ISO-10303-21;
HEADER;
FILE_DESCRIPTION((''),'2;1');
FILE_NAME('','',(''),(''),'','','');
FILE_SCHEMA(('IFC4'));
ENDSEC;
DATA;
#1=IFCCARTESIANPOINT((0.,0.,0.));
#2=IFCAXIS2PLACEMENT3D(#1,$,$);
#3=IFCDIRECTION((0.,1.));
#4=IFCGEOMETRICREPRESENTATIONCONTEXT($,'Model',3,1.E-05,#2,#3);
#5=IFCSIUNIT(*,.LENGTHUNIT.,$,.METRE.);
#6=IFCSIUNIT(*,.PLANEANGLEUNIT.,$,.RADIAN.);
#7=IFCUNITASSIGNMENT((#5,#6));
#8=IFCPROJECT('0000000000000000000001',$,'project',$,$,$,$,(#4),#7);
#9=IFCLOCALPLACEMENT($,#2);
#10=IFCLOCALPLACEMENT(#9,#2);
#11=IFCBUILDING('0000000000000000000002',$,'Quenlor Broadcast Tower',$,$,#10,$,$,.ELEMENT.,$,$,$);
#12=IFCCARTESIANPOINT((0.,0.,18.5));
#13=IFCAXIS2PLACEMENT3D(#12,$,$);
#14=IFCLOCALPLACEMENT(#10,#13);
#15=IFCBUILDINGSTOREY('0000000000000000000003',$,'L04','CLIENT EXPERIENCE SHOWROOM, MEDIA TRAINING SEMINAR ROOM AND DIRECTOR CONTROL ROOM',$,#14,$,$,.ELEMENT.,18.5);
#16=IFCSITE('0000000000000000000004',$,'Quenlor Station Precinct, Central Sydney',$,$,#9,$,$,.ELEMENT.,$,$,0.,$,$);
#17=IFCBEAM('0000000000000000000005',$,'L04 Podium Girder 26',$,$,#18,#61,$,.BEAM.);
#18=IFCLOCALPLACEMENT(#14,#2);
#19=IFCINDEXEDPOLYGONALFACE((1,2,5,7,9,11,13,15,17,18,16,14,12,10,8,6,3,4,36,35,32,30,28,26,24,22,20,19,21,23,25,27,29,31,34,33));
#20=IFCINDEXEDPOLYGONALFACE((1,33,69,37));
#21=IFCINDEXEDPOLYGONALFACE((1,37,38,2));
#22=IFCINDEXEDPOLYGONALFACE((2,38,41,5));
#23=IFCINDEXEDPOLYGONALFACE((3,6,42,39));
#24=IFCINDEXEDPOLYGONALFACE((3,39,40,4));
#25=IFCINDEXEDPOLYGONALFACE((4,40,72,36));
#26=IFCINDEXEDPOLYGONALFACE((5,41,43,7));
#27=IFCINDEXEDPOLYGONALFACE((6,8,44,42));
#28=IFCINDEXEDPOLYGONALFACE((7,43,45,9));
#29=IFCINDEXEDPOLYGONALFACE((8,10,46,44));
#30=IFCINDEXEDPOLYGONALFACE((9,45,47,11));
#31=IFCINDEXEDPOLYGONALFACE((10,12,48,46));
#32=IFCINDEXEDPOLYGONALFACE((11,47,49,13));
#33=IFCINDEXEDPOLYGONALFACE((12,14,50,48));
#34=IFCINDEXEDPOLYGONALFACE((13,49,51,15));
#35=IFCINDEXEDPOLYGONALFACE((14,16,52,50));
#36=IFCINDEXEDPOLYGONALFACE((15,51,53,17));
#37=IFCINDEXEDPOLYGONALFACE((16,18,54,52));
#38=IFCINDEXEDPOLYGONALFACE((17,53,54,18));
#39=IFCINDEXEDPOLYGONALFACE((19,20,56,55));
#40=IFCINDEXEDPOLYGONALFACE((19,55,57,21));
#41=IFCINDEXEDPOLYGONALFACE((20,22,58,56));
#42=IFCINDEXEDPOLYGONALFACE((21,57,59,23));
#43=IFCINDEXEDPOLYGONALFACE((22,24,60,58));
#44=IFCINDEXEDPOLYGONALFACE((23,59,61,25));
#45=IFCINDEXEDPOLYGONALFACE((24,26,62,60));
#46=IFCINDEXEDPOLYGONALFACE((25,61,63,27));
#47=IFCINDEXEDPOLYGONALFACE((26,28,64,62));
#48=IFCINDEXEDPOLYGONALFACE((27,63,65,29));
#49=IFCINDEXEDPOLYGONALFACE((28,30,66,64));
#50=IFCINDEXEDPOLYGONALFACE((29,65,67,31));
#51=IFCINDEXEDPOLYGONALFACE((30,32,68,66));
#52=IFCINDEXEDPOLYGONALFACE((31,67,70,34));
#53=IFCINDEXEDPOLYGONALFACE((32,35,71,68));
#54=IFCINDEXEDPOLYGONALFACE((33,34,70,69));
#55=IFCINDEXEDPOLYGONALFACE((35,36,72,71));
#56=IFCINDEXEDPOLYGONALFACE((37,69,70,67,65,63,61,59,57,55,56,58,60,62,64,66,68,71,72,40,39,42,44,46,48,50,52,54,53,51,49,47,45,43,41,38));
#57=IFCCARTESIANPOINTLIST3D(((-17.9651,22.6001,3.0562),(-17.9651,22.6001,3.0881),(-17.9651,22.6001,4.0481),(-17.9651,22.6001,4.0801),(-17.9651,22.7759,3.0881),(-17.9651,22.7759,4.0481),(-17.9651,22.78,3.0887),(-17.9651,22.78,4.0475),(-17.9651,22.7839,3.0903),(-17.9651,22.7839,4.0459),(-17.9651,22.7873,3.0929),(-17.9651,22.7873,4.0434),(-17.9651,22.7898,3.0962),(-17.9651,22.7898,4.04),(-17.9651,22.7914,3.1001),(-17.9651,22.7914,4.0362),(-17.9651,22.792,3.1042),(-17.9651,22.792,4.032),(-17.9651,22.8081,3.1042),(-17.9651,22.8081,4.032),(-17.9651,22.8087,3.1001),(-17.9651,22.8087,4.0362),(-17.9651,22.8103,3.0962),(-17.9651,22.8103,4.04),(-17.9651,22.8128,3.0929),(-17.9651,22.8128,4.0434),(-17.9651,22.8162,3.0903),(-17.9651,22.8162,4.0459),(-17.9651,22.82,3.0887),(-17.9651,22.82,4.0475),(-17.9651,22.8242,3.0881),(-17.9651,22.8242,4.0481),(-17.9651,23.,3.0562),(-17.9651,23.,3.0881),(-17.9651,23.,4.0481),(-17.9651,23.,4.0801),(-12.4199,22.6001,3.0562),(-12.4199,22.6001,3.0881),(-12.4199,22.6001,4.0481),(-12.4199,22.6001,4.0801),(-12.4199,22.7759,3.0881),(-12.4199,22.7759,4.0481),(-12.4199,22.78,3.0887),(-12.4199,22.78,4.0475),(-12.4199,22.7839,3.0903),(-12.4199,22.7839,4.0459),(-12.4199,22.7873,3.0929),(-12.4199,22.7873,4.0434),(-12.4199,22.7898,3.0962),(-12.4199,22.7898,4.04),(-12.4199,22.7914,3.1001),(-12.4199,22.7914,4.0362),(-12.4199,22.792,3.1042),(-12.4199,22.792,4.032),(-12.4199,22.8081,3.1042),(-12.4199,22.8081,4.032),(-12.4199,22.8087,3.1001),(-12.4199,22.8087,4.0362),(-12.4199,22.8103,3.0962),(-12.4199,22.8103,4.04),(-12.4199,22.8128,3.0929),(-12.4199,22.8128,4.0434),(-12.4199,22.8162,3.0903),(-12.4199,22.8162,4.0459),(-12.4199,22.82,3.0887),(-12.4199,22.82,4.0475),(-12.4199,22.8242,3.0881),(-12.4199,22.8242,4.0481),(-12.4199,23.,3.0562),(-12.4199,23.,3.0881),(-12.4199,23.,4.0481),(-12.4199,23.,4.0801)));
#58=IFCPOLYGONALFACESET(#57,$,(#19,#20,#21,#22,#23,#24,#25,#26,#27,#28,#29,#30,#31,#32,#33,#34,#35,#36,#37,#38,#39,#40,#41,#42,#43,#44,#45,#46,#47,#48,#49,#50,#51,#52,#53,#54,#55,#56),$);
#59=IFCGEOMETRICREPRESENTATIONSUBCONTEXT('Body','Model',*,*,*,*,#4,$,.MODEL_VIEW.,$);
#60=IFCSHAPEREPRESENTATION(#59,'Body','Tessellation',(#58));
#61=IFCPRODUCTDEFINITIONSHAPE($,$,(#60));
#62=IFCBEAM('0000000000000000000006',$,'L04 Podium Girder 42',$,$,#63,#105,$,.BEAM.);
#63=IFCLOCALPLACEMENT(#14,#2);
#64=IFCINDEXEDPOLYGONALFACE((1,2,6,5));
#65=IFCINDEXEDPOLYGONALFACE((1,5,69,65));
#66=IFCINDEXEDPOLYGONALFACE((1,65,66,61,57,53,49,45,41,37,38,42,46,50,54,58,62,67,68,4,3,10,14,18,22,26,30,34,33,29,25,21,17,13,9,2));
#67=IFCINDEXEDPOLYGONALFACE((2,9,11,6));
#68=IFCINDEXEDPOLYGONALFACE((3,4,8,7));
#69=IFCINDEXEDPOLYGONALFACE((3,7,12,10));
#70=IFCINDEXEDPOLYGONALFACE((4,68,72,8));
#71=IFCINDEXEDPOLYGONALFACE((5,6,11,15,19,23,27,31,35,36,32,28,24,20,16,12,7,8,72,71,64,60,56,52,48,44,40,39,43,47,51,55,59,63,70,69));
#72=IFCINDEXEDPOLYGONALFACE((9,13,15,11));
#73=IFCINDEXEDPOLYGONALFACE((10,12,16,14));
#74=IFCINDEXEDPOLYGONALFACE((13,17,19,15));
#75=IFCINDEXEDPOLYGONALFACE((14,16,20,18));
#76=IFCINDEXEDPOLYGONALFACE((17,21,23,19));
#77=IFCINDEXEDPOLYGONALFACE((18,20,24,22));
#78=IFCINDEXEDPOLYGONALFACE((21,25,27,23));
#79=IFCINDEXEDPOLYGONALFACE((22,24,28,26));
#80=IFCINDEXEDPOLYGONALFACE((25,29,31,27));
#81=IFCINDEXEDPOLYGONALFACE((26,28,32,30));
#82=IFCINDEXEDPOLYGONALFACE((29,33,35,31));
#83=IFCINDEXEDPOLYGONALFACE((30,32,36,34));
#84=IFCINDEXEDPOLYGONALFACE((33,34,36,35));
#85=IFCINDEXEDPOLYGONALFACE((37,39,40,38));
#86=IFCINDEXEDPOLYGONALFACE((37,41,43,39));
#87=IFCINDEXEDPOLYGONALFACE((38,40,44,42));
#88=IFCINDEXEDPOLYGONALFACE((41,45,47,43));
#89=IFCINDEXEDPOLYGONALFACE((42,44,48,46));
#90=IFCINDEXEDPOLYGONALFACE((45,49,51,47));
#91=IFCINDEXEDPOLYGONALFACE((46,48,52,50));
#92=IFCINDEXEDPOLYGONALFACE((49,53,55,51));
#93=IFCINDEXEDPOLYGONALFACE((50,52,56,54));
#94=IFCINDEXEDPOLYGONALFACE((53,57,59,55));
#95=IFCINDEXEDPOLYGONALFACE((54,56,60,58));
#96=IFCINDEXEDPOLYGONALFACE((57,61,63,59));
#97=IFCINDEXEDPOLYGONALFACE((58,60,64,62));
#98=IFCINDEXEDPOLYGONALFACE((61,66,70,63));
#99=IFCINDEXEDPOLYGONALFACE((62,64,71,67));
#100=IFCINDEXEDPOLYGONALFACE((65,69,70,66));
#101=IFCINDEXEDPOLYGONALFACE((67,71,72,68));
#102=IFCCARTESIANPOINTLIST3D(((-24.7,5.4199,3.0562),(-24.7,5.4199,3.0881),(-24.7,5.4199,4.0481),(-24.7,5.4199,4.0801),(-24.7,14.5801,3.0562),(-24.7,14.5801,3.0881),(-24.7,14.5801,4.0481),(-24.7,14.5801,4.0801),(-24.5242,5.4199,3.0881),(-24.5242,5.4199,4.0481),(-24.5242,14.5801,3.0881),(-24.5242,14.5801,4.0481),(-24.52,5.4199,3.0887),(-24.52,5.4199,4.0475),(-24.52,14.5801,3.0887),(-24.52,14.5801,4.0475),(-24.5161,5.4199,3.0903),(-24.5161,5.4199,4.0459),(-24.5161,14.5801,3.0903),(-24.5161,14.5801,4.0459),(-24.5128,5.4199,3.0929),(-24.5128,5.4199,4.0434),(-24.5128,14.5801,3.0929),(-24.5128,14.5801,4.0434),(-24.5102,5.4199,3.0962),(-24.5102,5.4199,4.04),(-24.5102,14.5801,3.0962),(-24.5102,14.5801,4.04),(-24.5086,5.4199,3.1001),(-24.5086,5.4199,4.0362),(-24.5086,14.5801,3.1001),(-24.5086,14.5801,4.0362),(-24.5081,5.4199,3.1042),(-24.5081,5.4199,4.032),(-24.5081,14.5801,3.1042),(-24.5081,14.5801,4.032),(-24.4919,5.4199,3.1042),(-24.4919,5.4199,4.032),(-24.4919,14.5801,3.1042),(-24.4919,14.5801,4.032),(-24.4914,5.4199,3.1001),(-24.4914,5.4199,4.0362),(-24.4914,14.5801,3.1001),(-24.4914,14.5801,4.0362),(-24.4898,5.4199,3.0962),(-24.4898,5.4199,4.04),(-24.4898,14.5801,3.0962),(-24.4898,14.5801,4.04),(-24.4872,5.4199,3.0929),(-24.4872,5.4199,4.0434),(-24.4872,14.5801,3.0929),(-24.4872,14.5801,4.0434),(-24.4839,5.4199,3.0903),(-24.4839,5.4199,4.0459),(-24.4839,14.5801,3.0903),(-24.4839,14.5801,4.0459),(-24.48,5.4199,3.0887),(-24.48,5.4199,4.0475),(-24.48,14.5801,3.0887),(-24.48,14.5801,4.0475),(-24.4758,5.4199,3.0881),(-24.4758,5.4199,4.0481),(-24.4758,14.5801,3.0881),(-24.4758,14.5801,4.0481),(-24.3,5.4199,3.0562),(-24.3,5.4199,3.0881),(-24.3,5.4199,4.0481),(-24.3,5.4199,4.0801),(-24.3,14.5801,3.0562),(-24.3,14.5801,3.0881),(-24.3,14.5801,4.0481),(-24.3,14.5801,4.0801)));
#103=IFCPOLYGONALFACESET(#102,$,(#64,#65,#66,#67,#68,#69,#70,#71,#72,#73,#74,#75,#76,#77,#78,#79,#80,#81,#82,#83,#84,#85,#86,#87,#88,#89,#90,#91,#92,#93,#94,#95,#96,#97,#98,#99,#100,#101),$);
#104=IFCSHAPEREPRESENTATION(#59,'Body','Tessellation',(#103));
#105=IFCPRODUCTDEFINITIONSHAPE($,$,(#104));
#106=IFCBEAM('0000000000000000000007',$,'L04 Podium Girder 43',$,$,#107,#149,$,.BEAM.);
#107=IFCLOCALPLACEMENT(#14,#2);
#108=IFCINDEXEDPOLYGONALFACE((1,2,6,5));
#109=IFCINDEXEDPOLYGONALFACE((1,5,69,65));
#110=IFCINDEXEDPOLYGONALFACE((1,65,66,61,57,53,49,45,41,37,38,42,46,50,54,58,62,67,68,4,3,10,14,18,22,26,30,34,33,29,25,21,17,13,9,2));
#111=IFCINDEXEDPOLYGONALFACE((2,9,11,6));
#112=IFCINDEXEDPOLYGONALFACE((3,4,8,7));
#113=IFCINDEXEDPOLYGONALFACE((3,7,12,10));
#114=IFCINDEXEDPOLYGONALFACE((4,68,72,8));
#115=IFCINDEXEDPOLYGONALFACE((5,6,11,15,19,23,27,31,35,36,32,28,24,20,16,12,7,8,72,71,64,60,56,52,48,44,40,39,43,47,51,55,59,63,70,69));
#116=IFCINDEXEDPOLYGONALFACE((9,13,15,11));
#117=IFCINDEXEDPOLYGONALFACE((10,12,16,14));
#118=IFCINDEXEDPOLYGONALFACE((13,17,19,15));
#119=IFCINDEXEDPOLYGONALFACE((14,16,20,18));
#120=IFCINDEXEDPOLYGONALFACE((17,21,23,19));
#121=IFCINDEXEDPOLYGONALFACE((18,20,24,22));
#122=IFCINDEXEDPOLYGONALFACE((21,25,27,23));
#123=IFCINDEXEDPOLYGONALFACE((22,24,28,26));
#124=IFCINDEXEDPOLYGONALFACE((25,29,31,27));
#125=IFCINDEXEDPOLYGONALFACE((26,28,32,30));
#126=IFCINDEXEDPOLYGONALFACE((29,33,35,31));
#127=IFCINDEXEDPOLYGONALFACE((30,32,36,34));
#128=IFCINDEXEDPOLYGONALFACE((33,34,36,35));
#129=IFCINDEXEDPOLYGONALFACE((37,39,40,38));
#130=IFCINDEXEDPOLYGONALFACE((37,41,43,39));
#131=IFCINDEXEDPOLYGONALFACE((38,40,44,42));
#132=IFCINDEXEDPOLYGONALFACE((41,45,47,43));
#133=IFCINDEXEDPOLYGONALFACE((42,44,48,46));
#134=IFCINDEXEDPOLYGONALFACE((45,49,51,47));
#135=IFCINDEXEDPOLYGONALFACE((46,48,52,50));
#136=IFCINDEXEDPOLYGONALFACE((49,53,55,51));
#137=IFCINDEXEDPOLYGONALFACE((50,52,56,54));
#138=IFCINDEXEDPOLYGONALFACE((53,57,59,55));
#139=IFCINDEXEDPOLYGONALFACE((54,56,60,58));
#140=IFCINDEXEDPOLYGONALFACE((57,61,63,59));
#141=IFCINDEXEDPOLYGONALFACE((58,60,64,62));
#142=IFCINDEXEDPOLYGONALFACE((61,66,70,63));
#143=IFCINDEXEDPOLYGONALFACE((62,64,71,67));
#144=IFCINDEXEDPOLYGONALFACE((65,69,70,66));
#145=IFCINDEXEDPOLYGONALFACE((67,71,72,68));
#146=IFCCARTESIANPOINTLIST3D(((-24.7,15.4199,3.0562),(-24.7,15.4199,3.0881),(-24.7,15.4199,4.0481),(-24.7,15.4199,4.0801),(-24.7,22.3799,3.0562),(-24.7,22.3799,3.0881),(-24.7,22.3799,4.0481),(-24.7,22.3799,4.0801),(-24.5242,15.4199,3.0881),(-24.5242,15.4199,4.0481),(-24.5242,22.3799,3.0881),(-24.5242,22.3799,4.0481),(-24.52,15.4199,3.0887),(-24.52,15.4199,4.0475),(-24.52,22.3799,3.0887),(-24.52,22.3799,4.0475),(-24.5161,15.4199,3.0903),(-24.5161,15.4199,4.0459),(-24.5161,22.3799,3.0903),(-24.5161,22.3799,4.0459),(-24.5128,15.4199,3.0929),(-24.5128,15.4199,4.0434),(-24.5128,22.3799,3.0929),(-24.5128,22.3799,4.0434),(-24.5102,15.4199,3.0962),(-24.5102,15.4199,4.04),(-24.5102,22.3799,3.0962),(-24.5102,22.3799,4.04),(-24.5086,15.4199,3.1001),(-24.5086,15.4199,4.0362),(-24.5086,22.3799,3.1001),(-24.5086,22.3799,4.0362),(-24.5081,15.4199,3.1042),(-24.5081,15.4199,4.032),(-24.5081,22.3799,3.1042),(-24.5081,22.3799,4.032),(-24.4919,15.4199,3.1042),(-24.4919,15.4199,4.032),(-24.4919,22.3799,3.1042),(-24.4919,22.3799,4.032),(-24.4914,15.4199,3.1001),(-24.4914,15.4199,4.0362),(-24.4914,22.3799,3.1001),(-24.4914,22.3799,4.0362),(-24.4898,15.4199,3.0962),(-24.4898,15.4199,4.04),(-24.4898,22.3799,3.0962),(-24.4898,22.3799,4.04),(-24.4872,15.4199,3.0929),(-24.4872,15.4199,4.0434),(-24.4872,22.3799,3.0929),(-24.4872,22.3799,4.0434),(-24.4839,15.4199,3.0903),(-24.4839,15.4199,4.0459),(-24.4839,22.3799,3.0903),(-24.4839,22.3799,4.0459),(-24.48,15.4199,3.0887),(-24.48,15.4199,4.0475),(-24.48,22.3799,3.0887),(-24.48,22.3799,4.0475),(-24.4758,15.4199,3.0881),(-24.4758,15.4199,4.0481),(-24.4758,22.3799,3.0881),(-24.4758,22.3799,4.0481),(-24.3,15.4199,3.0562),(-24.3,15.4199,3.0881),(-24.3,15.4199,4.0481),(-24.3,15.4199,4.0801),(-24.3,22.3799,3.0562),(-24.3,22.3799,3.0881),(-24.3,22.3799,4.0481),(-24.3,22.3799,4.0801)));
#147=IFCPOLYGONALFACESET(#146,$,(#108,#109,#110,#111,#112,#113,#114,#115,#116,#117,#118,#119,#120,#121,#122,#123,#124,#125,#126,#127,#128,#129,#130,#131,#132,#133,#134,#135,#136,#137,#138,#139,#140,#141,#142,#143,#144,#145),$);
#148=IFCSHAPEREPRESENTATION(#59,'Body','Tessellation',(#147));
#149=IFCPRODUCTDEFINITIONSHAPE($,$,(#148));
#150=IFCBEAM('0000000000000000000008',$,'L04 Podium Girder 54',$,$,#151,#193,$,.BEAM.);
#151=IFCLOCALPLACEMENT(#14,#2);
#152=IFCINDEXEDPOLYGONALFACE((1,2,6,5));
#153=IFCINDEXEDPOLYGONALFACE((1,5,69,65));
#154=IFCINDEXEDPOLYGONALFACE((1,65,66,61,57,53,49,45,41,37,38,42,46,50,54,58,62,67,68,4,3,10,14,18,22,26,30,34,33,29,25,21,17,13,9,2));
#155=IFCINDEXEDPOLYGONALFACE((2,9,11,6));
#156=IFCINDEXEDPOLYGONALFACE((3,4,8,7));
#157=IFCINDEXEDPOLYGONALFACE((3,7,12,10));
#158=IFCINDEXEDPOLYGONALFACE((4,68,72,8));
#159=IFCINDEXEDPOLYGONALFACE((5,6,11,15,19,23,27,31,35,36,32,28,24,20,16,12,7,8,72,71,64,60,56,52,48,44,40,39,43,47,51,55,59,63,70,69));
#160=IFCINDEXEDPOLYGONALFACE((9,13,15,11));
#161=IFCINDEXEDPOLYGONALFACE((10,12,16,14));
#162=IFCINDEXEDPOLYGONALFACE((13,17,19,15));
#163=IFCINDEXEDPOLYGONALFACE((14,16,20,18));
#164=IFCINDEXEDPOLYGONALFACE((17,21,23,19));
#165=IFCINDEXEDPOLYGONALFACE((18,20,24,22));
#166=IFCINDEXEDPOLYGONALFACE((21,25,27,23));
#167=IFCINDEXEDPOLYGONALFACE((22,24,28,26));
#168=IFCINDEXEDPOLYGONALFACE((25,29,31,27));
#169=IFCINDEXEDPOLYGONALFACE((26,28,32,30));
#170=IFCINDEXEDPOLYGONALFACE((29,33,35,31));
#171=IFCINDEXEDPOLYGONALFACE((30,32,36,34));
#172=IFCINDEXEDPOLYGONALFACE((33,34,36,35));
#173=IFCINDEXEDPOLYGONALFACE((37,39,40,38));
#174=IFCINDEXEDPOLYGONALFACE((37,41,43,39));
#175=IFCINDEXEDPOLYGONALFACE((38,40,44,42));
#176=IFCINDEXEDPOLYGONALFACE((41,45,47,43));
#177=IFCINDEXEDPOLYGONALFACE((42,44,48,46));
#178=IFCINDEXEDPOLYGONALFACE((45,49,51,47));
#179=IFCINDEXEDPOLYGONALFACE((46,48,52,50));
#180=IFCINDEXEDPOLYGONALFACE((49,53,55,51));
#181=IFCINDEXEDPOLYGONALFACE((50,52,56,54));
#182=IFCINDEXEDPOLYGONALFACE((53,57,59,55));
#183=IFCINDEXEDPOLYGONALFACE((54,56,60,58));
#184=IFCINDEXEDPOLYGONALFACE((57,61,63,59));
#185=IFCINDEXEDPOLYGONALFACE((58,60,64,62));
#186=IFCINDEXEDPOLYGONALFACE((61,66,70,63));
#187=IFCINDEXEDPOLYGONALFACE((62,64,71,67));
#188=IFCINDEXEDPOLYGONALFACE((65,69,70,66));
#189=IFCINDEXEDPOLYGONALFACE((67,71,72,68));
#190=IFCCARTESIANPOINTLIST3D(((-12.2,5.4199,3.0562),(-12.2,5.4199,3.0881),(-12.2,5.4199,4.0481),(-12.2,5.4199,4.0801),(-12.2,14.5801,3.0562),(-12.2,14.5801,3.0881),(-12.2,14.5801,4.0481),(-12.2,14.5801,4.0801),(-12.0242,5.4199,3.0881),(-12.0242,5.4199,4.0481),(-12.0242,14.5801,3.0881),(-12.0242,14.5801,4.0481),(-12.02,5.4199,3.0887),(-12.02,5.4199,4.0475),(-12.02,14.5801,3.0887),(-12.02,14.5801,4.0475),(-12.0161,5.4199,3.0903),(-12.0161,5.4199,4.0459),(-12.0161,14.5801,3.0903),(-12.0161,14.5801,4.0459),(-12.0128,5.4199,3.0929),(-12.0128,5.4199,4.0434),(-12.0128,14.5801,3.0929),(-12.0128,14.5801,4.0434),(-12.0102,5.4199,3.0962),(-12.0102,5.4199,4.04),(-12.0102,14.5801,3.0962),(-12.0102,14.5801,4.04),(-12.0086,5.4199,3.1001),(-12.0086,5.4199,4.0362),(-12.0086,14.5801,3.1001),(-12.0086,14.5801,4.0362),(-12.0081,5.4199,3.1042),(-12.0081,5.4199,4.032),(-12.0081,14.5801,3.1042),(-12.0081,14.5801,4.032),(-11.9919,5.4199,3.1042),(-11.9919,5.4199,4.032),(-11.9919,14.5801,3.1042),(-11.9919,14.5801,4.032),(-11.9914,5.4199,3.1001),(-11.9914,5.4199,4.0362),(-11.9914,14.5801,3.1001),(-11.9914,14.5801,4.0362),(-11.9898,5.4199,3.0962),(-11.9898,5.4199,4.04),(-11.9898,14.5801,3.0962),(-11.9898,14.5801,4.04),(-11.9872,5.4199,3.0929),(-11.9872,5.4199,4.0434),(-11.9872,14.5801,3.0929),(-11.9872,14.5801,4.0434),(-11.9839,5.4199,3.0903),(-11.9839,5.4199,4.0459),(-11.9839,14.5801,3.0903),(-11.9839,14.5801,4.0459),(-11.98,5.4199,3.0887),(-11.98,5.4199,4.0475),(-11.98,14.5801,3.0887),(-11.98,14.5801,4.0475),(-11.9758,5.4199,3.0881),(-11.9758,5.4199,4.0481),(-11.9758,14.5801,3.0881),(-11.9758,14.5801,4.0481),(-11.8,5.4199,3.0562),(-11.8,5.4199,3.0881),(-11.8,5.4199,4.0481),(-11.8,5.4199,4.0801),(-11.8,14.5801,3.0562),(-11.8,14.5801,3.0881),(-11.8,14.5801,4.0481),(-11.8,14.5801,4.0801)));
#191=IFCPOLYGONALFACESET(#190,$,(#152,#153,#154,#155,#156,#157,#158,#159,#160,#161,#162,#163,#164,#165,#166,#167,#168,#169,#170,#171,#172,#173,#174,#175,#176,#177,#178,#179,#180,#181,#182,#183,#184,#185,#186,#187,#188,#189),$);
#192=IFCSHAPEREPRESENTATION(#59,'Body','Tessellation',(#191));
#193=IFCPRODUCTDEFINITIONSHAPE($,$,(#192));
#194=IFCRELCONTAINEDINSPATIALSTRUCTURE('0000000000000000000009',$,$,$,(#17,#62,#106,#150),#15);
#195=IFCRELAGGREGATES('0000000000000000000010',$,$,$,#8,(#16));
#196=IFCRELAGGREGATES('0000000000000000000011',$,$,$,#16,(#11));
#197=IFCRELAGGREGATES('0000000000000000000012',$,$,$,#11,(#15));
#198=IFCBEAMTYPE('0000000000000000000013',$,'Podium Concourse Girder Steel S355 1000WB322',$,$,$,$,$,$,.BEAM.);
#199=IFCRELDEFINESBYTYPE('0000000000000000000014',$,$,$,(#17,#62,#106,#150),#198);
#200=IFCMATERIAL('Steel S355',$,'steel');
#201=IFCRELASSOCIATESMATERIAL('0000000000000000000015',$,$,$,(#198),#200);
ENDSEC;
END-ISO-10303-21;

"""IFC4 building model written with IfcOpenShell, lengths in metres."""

from ifc_helpers import new_model, si_unit, direction, frame, origin, origin_2d, place, context, subcontext, project, spatial, i_section, extrude, material, material_profile, profile_set, type_object, element, save


model = new_model("IFC4")

# Units and contexts
model_context = context("Model", 3, precision=1e-05, world=origin(), true_north=direction((0.0, 1.0)))
body_context = subcontext(model_context, "Body", "Model", "MODEL_VIEW")
ifc_project = project(units=[si_unit("LENGTHUNIT", "METRE"), si_unit("PLANEANGLEUNIT", "RADIAN")], contexts=[model_context])

# Site, building, storey
site_placement = place(None, origin())
site = spatial("IfcSite", under=ifc_project, at=site_placement, Name="Quenlor Station Precinct, Central Sydney", CompositionType="ELEMENT", RefElevation=0.0)
building_placement = place(site_placement, origin())
building = spatial("IfcBuilding", under=site, at=building_placement, Name="Quenlor Broadcast Tower", CompositionType="ELEMENT")
storey_placement = place(building_placement, frame((0.0, 0.0, 18.5)))
storey = spatial("IfcBuildingStorey", under=building, at=storey_placement, Name="L04", Description="CLIENT EXPERIENCE SHOWROOM, MEDIA TRAINING SEMINAR ROOM AND DIRECTOR CONTROL ROOM", CompositionType="ELEMENT", Elevation=18.5)

# Beams
ifc_material_1 = material(Name="Steel S355", Category="steel")
ifc_material_profile_1 = material_profile(ifc_material_1, i_section(OverallWidth=0.3999, OverallDepth=1.0239, WebThickness=0.0161, FlangeThickness=0.032, FilletRadius=0.0161, at=origin_2d()))
ifc_profile_set_1 = profile_set([ifc_material_profile_1], Name="Steel S355 1000WB322")
beam_type_1 = type_object("IfcBeamType", Name="Podium Concourse Girder Steel S355 1000WB322", PredefinedType="BEAM", material=ifc_profile_set_1)
for number, where, z_axis, x_axis, name in (
    (1, (-17.9651, 22.8, 3.5681), (1.0, 0.0, 0.0), (0.0, 1.0, 0.0), "L04 Podium Girder 26"),
):
    element("IfcBeam", number, at=place(storey_placement, frame(where, z_axis=z_axis, x_axis=x_axis)), inside=storey, type_object=beam_type_1, Name=name, PredefinedType="BEAM", context=body_context, shape_type="SweptSolid", body=[
        extrude(i_section(OverallWidth=0.3999, OverallDepth=1.0239, WebThickness=0.0161, FlangeThickness=0.032, FilletRadius=0.0161, at=origin_2d()), origin(), (0.0, 0.0, 1.0), 5.5452),
    ])
beam_1_placement = place(storey_placement, frame((-24.5, 5.4199, 3.5681), z_axis=(0.0, 1.0, 0.0), x_axis=(-1.0, 0.0, 0.0)))
element("IfcBeam", 2, at=beam_1_placement, inside=storey, type_object=beam_type_1, Name="L04 Podium Girder 42", PredefinedType="BEAM", context=body_context, shape_type="SweptSolid", body=[
    extrude(i_section(OverallWidth=0.3999, OverallDepth=1.0239, WebThickness=0.0161, FlangeThickness=0.032, FilletRadius=0.0161, at=origin_2d()), origin(), (0.0, 0.0, 1.0), 9.1602),
])
beam_2_placement = place(storey_placement, frame((-24.5, 15.4199, 3.5681), z_axis=(0.0, 1.0, 0.0), x_axis=(-1.0, 0.0, 0.0)))
element("IfcBeam", 3, at=beam_2_placement, inside=storey, type_object=beam_type_1, Name="L04 Podium Girder 43", PredefinedType="BEAM", context=body_context, shape_type="SweptSolid", body=[
    extrude(i_section(OverallWidth=0.3999, OverallDepth=1.0239, WebThickness=0.0161, FlangeThickness=0.032, FilletRadius=0.0161, at=origin_2d()), origin(), (0.0, 0.0, 1.0), 6.96),
])
beam_3_placement = place(storey_placement, frame((-12.0, 5.4199, 3.5681), z_axis=(0.0, 1.0, 0.0), x_axis=(-1.0, 0.0, 0.0)))
element("IfcBeam", 4, at=beam_3_placement, inside=storey, type_object=beam_type_1, Name="L04 Podium Girder 54", PredefinedType="BEAM", context=body_context, shape_type="SweptSolid", body=[
    extrude(i_section(OverallWidth=0.3999, OverallDepth=1.0239, WebThickness=0.0161, FlangeThickness=0.032, FilletRadius=0.0161, at=origin_2d()), origin(), (0.0, 0.0, 1.0), 9.1602),
])

save(model, "model.ifc")
